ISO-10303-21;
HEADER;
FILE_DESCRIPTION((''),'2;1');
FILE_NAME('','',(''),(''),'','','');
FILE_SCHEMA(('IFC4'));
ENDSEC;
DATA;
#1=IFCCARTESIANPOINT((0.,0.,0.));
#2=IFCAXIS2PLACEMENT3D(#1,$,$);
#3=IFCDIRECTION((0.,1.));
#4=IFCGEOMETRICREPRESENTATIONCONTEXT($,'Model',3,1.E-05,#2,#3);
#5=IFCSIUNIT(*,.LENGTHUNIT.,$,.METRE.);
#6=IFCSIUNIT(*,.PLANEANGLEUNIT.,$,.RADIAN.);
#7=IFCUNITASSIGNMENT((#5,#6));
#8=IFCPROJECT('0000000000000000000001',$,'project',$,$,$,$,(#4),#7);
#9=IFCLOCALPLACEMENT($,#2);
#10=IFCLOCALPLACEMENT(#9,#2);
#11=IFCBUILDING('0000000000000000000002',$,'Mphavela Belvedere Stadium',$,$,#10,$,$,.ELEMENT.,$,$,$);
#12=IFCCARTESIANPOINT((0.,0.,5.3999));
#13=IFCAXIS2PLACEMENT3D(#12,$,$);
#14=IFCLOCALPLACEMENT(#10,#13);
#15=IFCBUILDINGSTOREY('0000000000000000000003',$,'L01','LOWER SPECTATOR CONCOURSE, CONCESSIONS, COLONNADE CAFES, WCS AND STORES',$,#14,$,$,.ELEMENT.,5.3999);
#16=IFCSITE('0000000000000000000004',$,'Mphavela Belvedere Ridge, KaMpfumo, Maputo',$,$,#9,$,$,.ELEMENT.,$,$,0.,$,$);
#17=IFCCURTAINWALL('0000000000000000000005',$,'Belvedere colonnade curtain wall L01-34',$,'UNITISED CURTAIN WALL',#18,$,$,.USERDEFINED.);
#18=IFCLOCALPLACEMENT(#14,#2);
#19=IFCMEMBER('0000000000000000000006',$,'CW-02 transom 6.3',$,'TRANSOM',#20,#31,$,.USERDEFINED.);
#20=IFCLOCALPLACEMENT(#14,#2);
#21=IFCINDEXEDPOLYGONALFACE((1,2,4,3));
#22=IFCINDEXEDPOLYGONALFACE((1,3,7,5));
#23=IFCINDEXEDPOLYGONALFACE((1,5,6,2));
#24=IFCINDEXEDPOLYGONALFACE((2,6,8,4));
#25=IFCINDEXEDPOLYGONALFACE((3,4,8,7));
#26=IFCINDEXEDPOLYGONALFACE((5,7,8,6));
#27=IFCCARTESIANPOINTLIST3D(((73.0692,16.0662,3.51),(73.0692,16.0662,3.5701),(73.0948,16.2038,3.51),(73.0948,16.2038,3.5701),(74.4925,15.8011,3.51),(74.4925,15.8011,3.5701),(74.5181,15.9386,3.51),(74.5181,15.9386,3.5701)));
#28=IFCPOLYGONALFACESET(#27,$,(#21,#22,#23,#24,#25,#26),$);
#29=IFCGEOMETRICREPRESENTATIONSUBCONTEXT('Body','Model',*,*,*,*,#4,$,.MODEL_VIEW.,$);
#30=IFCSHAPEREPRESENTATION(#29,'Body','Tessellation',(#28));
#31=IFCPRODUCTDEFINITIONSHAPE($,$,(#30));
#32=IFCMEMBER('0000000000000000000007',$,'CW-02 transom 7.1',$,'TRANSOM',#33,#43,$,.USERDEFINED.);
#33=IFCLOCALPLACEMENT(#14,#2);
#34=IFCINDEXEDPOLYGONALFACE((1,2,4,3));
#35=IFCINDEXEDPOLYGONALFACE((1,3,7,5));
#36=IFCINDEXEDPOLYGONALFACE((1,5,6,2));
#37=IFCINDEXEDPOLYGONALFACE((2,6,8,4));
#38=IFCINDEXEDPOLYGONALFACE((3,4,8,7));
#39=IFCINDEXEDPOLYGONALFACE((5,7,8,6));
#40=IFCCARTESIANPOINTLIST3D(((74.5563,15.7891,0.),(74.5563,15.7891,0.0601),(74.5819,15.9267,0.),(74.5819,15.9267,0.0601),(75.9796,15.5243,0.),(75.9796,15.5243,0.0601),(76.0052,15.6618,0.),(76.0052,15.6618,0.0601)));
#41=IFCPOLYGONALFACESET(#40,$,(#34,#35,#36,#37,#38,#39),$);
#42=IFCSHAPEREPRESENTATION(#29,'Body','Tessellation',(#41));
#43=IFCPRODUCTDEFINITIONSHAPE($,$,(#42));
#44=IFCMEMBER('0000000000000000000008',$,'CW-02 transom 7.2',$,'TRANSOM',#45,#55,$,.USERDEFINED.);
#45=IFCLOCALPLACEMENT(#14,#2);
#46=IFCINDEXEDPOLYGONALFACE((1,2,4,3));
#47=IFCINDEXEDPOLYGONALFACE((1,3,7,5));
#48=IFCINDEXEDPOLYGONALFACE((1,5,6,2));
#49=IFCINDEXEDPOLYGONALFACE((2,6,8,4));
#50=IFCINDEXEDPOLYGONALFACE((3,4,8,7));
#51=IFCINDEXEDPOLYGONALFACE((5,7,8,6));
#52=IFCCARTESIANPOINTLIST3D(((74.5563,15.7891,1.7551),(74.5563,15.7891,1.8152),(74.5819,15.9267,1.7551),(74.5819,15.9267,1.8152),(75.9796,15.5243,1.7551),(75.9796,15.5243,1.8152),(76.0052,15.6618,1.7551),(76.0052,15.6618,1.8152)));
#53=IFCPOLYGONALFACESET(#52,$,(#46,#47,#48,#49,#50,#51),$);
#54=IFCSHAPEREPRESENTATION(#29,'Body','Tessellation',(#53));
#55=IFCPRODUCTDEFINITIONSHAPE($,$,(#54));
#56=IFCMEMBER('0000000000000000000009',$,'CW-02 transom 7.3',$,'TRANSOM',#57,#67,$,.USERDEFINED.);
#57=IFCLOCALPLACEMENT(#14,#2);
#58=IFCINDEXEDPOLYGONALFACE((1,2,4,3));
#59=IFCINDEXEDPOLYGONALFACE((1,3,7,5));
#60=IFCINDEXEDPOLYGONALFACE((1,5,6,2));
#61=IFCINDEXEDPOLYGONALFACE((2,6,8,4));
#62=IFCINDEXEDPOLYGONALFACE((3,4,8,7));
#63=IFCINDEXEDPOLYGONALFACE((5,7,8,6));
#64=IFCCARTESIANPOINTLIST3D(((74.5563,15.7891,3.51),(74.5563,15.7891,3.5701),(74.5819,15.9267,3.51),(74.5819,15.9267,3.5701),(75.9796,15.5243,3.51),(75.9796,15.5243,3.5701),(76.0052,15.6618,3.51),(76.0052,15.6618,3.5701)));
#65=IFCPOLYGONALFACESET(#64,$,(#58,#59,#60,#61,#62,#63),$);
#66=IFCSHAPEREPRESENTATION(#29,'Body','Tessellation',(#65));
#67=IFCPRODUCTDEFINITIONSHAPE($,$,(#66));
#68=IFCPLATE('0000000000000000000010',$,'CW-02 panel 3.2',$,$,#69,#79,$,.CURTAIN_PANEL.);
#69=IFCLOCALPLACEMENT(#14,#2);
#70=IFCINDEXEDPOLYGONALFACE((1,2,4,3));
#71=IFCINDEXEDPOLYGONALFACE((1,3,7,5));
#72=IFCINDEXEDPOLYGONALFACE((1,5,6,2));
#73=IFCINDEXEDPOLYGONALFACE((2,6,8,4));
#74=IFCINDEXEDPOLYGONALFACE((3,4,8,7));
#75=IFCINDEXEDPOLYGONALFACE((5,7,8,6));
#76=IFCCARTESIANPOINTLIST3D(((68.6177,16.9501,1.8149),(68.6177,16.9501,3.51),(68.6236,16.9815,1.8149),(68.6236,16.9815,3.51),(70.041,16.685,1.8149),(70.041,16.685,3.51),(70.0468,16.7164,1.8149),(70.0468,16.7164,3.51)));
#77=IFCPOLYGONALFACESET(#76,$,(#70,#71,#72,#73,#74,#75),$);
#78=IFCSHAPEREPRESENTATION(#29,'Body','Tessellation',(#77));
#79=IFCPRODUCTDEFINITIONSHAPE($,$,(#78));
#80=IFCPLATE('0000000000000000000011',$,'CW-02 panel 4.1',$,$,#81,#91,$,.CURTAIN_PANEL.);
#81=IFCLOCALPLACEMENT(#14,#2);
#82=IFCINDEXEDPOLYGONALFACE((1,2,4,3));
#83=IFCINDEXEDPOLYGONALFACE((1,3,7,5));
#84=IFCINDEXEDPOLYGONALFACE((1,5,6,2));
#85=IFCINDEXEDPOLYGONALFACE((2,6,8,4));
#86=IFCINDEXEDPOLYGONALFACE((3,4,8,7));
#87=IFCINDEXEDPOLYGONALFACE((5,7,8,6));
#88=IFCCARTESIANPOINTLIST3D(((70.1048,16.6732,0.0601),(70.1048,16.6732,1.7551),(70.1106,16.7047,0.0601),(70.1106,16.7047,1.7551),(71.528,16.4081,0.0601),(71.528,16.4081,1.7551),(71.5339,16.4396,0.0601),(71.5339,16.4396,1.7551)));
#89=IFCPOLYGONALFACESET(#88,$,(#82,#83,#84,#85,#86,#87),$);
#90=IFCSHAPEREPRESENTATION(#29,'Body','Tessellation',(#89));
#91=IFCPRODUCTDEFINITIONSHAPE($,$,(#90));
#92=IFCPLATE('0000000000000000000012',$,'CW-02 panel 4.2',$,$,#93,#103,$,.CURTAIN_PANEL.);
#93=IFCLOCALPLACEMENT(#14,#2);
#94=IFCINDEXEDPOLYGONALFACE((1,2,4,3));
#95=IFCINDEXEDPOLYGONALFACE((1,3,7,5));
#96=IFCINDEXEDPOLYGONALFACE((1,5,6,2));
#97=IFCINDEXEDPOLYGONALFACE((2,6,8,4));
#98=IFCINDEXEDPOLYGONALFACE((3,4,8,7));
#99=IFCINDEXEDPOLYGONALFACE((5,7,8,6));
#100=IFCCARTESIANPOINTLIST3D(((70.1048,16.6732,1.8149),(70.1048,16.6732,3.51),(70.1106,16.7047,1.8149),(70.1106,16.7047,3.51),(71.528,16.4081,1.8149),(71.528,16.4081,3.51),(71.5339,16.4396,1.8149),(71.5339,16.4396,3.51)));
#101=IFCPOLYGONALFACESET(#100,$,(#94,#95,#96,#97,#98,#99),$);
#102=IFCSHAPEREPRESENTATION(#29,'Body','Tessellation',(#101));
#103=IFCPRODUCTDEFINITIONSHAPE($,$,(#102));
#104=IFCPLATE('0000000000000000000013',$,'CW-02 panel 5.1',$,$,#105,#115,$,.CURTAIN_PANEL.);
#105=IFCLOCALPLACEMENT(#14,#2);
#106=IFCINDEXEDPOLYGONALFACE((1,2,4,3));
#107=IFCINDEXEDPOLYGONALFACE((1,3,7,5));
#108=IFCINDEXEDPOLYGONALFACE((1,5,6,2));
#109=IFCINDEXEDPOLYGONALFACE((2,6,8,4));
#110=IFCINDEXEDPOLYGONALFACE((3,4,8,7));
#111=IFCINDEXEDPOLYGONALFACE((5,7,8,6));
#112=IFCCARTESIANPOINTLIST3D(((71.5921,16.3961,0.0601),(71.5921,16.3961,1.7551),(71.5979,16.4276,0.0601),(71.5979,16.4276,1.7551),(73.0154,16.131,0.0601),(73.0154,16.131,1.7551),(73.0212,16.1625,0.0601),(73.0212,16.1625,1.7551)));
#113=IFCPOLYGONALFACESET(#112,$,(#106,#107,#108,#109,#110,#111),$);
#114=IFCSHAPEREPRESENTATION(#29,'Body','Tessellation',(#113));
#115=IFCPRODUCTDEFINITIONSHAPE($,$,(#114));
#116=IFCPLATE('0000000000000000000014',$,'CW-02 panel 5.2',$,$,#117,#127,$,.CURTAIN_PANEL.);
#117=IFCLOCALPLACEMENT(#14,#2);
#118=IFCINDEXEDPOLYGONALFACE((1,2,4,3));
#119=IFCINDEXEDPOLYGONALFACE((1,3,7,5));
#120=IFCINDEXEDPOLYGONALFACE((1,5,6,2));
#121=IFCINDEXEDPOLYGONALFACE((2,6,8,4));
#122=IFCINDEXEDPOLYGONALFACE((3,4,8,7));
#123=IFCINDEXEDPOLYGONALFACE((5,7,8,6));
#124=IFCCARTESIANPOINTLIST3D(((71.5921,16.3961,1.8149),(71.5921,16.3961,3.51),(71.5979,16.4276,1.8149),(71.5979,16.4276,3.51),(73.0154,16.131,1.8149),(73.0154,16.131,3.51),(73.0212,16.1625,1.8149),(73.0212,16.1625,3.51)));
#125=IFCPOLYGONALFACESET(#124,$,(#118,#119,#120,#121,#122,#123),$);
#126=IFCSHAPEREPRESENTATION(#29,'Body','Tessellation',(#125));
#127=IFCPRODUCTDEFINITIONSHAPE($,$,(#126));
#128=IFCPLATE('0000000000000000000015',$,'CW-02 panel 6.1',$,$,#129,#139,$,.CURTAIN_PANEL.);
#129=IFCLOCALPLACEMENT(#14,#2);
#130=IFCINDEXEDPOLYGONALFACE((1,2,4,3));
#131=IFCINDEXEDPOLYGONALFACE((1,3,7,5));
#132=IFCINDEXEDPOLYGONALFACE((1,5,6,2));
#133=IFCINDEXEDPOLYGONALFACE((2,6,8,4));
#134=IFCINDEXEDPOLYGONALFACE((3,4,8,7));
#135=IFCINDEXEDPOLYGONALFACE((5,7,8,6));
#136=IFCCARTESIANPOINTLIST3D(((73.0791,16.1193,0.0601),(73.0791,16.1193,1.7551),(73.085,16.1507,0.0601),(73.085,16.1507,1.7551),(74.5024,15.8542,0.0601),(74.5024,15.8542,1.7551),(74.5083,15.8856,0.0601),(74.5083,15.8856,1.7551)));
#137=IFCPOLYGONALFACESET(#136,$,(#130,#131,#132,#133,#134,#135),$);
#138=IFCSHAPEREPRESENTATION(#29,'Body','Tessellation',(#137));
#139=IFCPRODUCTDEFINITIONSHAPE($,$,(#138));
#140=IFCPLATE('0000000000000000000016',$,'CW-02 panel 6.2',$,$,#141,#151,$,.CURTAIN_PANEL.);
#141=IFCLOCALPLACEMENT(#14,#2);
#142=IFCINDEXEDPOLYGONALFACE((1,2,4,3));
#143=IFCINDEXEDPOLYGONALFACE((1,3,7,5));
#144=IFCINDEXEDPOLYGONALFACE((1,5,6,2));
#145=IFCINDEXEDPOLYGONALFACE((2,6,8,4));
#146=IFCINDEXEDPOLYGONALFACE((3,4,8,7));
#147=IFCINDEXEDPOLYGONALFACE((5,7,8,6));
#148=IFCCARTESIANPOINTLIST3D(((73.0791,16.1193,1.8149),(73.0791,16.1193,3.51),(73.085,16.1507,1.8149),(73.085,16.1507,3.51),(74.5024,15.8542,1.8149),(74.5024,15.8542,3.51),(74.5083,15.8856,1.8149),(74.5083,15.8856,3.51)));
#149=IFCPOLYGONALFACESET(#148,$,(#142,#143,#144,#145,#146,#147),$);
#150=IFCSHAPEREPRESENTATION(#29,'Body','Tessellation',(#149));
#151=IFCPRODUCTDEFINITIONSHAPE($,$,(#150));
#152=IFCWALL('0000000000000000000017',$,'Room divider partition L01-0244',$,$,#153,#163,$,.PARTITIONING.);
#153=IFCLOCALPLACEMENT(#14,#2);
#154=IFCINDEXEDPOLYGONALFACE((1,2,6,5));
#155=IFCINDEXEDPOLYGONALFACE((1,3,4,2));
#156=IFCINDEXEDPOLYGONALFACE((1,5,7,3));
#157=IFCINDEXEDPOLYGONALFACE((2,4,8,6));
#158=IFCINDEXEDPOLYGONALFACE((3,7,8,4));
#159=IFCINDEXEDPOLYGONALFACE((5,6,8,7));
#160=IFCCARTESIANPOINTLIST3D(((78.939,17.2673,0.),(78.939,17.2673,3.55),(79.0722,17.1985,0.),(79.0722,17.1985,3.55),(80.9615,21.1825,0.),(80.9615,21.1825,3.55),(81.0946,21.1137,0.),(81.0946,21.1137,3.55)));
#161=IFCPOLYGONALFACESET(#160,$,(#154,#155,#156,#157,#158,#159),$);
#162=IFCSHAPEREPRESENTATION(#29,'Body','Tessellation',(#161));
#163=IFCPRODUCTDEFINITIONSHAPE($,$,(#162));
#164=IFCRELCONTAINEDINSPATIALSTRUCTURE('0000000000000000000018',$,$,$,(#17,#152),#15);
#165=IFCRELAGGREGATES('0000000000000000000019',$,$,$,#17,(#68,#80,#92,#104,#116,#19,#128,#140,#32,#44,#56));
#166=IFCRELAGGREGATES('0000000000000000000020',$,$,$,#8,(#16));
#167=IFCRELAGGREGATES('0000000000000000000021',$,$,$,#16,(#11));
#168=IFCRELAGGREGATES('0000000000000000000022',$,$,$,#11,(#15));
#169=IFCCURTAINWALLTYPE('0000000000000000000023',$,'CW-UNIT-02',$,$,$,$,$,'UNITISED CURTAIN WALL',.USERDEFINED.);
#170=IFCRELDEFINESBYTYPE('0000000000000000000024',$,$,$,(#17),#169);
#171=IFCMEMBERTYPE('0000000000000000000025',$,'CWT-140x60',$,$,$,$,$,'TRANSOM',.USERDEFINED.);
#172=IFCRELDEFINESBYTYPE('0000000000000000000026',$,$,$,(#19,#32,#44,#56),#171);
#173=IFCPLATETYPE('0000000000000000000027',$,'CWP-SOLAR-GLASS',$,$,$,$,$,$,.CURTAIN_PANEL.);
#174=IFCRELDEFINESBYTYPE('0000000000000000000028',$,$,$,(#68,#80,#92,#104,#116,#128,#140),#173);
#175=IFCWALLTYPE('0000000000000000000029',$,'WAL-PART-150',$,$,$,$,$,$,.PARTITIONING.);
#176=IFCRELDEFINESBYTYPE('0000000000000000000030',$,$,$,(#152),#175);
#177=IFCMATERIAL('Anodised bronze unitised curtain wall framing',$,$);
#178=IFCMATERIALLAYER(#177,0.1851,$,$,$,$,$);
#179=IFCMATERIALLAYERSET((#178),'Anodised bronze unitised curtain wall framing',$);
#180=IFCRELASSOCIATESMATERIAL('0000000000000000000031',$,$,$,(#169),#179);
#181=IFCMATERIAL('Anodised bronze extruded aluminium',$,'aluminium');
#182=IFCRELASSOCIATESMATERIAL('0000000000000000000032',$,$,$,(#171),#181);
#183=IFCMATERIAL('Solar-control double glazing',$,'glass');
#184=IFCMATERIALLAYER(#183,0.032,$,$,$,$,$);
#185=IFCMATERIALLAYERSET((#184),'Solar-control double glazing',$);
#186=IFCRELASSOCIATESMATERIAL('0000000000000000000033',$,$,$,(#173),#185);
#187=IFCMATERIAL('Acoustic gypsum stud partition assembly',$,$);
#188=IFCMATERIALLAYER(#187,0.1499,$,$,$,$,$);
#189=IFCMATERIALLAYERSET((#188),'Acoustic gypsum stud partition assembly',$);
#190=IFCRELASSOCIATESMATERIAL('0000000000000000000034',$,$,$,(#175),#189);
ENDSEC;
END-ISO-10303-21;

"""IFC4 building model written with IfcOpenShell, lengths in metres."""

from ifc_helpers import new_model, si_unit, direction, frame, frame_2d, origin, origin_2d, place, context, subcontext, project, spatial, rectangle, extrude, material, layer, layer_set, material_profile, profile_set, type_object, element, aggregate, save


model = new_model("IFC4")

# Units and contexts
model_context = context("Model", 3, precision=1e-05, world=origin(), true_north=direction((0.0, 1.0)))
body_context = subcontext(model_context, "Body", "Model", "MODEL_VIEW")
ifc_project = project(units=[si_unit("LENGTHUNIT", "METRE"), si_unit("PLANEANGLEUNIT", "RADIAN")], contexts=[model_context])

# Site, building, storey
site_placement = place(None, origin())
site = spatial("IfcSite", under=ifc_project, at=site_placement, Name="Mphavela Belvedere Ridge, KaMpfumo, Maputo", CompositionType="ELEMENT", RefElevation=0.0)
building_placement = place(site_placement, origin())
building = spatial("IfcBuilding", under=site, at=building_placement, Name="Mphavela Belvedere Stadium", CompositionType="ELEMENT")
storey_placement = place(building_placement, frame((0.0, 0.0, 5.3999)))
storey = spatial("IfcBuildingStorey", under=building, at=storey_placement, Name="L01", Description="LOWER SPECTATOR CONCOURSE, CONCESSIONS, COLONNADE CAFES, WCS AND STORES", CompositionType="ELEMENT", Elevation=5.3999)

# Curtain wall, members, plates
ifc_material_1 = material(Name="Anodised bronze unitised curtain wall framing")
ifc_layer_1 = layer(ifc_material_1, 0.1851)
ifc_layer_set_1 = layer_set([ifc_layer_1], Name="Anodised bronze unitised curtain wall framing")
curtain_wall_type = type_object("IfcCurtainWallType", Name="CW-UNIT-02", ElementType="UNITISED CURTAIN WALL", PredefinedType="USERDEFINED", material=ifc_layer_set_1)
curtain_wall_placement = place(storey_placement, origin())
curtain_wall = element("IfcCurtainWall", 1, at=curtain_wall_placement, inside=storey, type_object=curtain_wall_type, Name="Belvedere colonnade curtain wall L01-34", ObjectType="UNITISED CURTAIN WALL", PredefinedType="USERDEFINED")
ifc_material_2 = material(Name="Anodised bronze extruded aluminium", Category="aluminium")
ifc_material_profile_1 = material_profile(ifc_material_2, rectangle(XDim=0.1399, YDim=0.0601, at=origin_2d()), Name="CW-TRN 140x60")
ifc_profile_set_1 = profile_set([ifc_material_profile_1], Name="Anodised bronze extruded aluminium")
member_type_1 = type_object("IfcMemberType", Name="CWT-140x60", ElementType="TRANSOM", PredefinedType="USERDEFINED", material=ifc_profile_set_1)
member_1_placement = place(storey_placement, frame((73.082, 16.135, 3.54), z_axis=(0.983089, -0.183128, 0.0), x_axis=(0.183128, 0.983089, 0.0)))
member_1 = element("IfcMember", 2, at=member_1_placement, type_object=member_type_1, Name="CW-02 transom 6.3", ObjectType="TRANSOM", PredefinedType="USERDEFINED", context=body_context, shape_type="SweptSolid", body=[
    extrude(rectangle(XDim=0.1399, YDim=0.0601, at=origin_2d()), origin(), (0.0, 0.0, 1.0), 1.4478),
])
member_2_placement = place(storey_placement, frame((74.5691, 15.8579, 0.03), z_axis=(0.983119, -0.182965, 0.0), x_axis=(0.182965, 0.983119, 0.0)))
member_2 = element("IfcMember", 3, at=member_2_placement, type_object=member_type_1, Name="CW-02 transom 7.1", ObjectType="TRANSOM", PredefinedType="USERDEFINED", context=body_context, shape_type="SweptSolid", body=[
    extrude(rectangle(XDim=0.1399, YDim=0.0601, at=origin_2d()), origin(), (0.0, 0.0, 1.0), 1.4478),
])
member_3_placement = place(storey_placement, frame((74.5691, 15.8579, 1.7852), z_axis=(0.983119, -0.182965, 0.0), x_axis=(0.182965, 0.983119, 0.0)))
member_3 = element("IfcMember", 4, at=member_3_placement, type_object=member_type_1, Name="CW-02 transom 7.2", ObjectType="TRANSOM", PredefinedType="USERDEFINED", context=body_context, shape_type="SweptSolid", body=[
    extrude(rectangle(XDim=0.1399, YDim=0.0601, at=origin_2d()), origin(), (0.0, 0.0, 1.0), 1.4478),
])
member_4_placement = place(storey_placement, frame((74.5691, 15.8579, 3.54), z_axis=(0.983119, -0.182965, 0.0), x_axis=(0.182965, 0.983119, 0.0)))
member_4 = element("IfcMember", 5, at=member_4_placement, type_object=member_type_1, Name="CW-02 transom 7.3", ObjectType="TRANSOM", PredefinedType="USERDEFINED", context=body_context, shape_type="SweptSolid", body=[
    extrude(rectangle(XDim=0.1399, YDim=0.0601, at=origin_2d()), origin(), (0.0, 0.0, 1.0), 1.4478),
])
ifc_material_3 = material(Name="Solar-control double glazing", Category="glass")
ifc_layer_2 = layer(ifc_material_3, 0.032)
ifc_layer_set_2 = layer_set([ifc_layer_2], Name="Solar-control double glazing")
plate_type = type_object("IfcPlateType", Name="CWP-SOLAR-GLASS", PredefinedType="CURTAIN_PANEL", material=ifc_layer_set_2)
plate_1_placement = place(storey_placement, frame((69.3323, 16.8333, 1.8149), z_axis=(0.0, 0.0, 1.0), x_axis=(0.983095, -0.183095, 0.0)))
plate_1 = element("IfcPlate", 6, at=plate_1_placement, type_object=plate_type, Name="CW-02 panel 3.2", PredefinedType="CURTAIN_PANEL", context=body_context, shape_type="SweptSolid", body=[
    extrude(rectangle(XDim=1.4478, YDim=0.032, at=origin_2d()), origin(), (0.0, 0.0, 1.0), 1.6951),
])
plate_2_placement = place(storey_placement, frame((70.8193, 16.5564, 0.0601), z_axis=(0.0, 0.0, 1.0), x_axis=(0.983095, -0.183095, 0.0)))
plate_2 = element("IfcPlate", 7, at=plate_2_placement, type_object=plate_type, Name="CW-02 panel 4.1", PredefinedType="CURTAIN_PANEL", context=body_context, shape_type="SweptSolid", body=[
    extrude(rectangle(XDim=1.4478, YDim=0.032, at=origin_2d()), origin(), (0.0, 0.0, 1.0), 1.6951),
])
plate_3_placement = place(storey_placement, frame((70.8193, 16.5564, 1.8149), z_axis=(0.0, 0.0, 1.0), x_axis=(0.983095, -0.183095, 0.0)))
plate_3 = element("IfcPlate", 8, at=plate_3_placement, type_object=plate_type, Name="CW-02 panel 4.2", PredefinedType="CURTAIN_PANEL", context=body_context, shape_type="SweptSolid", body=[
    extrude(rectangle(XDim=1.4478, YDim=0.032, at=origin_2d()), origin(), (0.0, 0.0, 1.0), 1.6951),
])
plate_4_placement = place(storey_placement, frame((72.3066, 16.2793, 0.0601), z_axis=(0.0, 0.0, 1.0), x_axis=(0.983095, -0.183095, 0.0)))
plate_4 = element("IfcPlate", 9, at=plate_4_placement, type_object=plate_type, Name="CW-02 panel 5.1", PredefinedType="CURTAIN_PANEL", context=body_context, shape_type="SweptSolid", body=[
    extrude(rectangle(XDim=1.4478, YDim=0.032, at=origin_2d()), origin(), (0.0, 0.0, 1.0), 1.6951),
])
plate_5_placement = place(storey_placement, frame((72.3066, 16.2793, 1.8149), z_axis=(0.0, 0.0, 1.0), x_axis=(0.983095, -0.183095, 0.0)))
plate_5 = element("IfcPlate", 10, at=plate_5_placement, type_object=plate_type, Name="CW-02 panel 5.2", PredefinedType="CURTAIN_PANEL", context=body_context, shape_type="SweptSolid", body=[
    extrude(rectangle(XDim=1.4478, YDim=0.032, at=origin_2d()), origin(), (0.0, 0.0, 1.0), 1.6951),
])
plate_6_placement = place(storey_placement, frame((73.7937, 16.0024, 0.0601), z_axis=(0.0, 0.0, 1.0), x_axis=(0.983095, -0.183095, 0.0)))
plate_6 = element("IfcPlate", 11, at=plate_6_placement, type_object=plate_type, Name="CW-02 panel 6.1", PredefinedType="CURTAIN_PANEL", context=body_context, shape_type="SweptSolid", body=[
    extrude(rectangle(XDim=1.4478, YDim=0.032, at=origin_2d()), origin(), (0.0, 0.0, 1.0), 1.6951),
])
plate_7_placement = place(storey_placement, frame((73.7937, 16.0024, 1.8149), z_axis=(0.0, 0.0, 1.0), x_axis=(0.983095, -0.183095, 0.0)))
plate_7 = element("IfcPlate", 12, at=plate_7_placement, type_object=plate_type, Name="CW-02 panel 6.2", PredefinedType="CURTAIN_PANEL", context=body_context, shape_type="SweptSolid", body=[
    extrude(rectangle(XDim=1.4478, YDim=0.032, at=origin_2d()), origin(), (0.0, 0.0, 1.0), 1.6951),
])
aggregate(curtain_wall, [plate_1, plate_2, plate_3, plate_4, plate_5, member_1, plate_6, plate_7, member_2, member_3, member_4])

# Wall
ifc_material_4 = material(Name="Acoustic gypsum stud partition assembly")
ifc_layer_3 = layer(ifc_material_4, 0.1499)
ifc_layer_set_3 = layer_set([ifc_layer_3], Name="Acoustic gypsum stud partition assembly")
wall_type = type_object("IfcWallType", Name="WAL-PART-150", PredefinedType="PARTITIONING", material=ifc_layer_set_3)
wall_placement = place(storey_placement, frame((79.0056, 17.2329, 0.0), z_axis=(0.0, 0.0, 1.0), x_axis=(0.458942, 0.888466, 0.0)))
element("IfcWall", 13, at=wall_placement, inside=storey, type_object=wall_type, Name="Room divider partition L01-0244", PredefinedType="PARTITIONING", context=body_context, shape_type="SweptSolid", body=[
    extrude(rectangle(XDim=4.4067, YDim=0.1499, at=frame_2d((2.2034, 0.0))), origin(), (0.0, 0.0, 1.0), 3.55),
])

save(model, "model.ifc")
